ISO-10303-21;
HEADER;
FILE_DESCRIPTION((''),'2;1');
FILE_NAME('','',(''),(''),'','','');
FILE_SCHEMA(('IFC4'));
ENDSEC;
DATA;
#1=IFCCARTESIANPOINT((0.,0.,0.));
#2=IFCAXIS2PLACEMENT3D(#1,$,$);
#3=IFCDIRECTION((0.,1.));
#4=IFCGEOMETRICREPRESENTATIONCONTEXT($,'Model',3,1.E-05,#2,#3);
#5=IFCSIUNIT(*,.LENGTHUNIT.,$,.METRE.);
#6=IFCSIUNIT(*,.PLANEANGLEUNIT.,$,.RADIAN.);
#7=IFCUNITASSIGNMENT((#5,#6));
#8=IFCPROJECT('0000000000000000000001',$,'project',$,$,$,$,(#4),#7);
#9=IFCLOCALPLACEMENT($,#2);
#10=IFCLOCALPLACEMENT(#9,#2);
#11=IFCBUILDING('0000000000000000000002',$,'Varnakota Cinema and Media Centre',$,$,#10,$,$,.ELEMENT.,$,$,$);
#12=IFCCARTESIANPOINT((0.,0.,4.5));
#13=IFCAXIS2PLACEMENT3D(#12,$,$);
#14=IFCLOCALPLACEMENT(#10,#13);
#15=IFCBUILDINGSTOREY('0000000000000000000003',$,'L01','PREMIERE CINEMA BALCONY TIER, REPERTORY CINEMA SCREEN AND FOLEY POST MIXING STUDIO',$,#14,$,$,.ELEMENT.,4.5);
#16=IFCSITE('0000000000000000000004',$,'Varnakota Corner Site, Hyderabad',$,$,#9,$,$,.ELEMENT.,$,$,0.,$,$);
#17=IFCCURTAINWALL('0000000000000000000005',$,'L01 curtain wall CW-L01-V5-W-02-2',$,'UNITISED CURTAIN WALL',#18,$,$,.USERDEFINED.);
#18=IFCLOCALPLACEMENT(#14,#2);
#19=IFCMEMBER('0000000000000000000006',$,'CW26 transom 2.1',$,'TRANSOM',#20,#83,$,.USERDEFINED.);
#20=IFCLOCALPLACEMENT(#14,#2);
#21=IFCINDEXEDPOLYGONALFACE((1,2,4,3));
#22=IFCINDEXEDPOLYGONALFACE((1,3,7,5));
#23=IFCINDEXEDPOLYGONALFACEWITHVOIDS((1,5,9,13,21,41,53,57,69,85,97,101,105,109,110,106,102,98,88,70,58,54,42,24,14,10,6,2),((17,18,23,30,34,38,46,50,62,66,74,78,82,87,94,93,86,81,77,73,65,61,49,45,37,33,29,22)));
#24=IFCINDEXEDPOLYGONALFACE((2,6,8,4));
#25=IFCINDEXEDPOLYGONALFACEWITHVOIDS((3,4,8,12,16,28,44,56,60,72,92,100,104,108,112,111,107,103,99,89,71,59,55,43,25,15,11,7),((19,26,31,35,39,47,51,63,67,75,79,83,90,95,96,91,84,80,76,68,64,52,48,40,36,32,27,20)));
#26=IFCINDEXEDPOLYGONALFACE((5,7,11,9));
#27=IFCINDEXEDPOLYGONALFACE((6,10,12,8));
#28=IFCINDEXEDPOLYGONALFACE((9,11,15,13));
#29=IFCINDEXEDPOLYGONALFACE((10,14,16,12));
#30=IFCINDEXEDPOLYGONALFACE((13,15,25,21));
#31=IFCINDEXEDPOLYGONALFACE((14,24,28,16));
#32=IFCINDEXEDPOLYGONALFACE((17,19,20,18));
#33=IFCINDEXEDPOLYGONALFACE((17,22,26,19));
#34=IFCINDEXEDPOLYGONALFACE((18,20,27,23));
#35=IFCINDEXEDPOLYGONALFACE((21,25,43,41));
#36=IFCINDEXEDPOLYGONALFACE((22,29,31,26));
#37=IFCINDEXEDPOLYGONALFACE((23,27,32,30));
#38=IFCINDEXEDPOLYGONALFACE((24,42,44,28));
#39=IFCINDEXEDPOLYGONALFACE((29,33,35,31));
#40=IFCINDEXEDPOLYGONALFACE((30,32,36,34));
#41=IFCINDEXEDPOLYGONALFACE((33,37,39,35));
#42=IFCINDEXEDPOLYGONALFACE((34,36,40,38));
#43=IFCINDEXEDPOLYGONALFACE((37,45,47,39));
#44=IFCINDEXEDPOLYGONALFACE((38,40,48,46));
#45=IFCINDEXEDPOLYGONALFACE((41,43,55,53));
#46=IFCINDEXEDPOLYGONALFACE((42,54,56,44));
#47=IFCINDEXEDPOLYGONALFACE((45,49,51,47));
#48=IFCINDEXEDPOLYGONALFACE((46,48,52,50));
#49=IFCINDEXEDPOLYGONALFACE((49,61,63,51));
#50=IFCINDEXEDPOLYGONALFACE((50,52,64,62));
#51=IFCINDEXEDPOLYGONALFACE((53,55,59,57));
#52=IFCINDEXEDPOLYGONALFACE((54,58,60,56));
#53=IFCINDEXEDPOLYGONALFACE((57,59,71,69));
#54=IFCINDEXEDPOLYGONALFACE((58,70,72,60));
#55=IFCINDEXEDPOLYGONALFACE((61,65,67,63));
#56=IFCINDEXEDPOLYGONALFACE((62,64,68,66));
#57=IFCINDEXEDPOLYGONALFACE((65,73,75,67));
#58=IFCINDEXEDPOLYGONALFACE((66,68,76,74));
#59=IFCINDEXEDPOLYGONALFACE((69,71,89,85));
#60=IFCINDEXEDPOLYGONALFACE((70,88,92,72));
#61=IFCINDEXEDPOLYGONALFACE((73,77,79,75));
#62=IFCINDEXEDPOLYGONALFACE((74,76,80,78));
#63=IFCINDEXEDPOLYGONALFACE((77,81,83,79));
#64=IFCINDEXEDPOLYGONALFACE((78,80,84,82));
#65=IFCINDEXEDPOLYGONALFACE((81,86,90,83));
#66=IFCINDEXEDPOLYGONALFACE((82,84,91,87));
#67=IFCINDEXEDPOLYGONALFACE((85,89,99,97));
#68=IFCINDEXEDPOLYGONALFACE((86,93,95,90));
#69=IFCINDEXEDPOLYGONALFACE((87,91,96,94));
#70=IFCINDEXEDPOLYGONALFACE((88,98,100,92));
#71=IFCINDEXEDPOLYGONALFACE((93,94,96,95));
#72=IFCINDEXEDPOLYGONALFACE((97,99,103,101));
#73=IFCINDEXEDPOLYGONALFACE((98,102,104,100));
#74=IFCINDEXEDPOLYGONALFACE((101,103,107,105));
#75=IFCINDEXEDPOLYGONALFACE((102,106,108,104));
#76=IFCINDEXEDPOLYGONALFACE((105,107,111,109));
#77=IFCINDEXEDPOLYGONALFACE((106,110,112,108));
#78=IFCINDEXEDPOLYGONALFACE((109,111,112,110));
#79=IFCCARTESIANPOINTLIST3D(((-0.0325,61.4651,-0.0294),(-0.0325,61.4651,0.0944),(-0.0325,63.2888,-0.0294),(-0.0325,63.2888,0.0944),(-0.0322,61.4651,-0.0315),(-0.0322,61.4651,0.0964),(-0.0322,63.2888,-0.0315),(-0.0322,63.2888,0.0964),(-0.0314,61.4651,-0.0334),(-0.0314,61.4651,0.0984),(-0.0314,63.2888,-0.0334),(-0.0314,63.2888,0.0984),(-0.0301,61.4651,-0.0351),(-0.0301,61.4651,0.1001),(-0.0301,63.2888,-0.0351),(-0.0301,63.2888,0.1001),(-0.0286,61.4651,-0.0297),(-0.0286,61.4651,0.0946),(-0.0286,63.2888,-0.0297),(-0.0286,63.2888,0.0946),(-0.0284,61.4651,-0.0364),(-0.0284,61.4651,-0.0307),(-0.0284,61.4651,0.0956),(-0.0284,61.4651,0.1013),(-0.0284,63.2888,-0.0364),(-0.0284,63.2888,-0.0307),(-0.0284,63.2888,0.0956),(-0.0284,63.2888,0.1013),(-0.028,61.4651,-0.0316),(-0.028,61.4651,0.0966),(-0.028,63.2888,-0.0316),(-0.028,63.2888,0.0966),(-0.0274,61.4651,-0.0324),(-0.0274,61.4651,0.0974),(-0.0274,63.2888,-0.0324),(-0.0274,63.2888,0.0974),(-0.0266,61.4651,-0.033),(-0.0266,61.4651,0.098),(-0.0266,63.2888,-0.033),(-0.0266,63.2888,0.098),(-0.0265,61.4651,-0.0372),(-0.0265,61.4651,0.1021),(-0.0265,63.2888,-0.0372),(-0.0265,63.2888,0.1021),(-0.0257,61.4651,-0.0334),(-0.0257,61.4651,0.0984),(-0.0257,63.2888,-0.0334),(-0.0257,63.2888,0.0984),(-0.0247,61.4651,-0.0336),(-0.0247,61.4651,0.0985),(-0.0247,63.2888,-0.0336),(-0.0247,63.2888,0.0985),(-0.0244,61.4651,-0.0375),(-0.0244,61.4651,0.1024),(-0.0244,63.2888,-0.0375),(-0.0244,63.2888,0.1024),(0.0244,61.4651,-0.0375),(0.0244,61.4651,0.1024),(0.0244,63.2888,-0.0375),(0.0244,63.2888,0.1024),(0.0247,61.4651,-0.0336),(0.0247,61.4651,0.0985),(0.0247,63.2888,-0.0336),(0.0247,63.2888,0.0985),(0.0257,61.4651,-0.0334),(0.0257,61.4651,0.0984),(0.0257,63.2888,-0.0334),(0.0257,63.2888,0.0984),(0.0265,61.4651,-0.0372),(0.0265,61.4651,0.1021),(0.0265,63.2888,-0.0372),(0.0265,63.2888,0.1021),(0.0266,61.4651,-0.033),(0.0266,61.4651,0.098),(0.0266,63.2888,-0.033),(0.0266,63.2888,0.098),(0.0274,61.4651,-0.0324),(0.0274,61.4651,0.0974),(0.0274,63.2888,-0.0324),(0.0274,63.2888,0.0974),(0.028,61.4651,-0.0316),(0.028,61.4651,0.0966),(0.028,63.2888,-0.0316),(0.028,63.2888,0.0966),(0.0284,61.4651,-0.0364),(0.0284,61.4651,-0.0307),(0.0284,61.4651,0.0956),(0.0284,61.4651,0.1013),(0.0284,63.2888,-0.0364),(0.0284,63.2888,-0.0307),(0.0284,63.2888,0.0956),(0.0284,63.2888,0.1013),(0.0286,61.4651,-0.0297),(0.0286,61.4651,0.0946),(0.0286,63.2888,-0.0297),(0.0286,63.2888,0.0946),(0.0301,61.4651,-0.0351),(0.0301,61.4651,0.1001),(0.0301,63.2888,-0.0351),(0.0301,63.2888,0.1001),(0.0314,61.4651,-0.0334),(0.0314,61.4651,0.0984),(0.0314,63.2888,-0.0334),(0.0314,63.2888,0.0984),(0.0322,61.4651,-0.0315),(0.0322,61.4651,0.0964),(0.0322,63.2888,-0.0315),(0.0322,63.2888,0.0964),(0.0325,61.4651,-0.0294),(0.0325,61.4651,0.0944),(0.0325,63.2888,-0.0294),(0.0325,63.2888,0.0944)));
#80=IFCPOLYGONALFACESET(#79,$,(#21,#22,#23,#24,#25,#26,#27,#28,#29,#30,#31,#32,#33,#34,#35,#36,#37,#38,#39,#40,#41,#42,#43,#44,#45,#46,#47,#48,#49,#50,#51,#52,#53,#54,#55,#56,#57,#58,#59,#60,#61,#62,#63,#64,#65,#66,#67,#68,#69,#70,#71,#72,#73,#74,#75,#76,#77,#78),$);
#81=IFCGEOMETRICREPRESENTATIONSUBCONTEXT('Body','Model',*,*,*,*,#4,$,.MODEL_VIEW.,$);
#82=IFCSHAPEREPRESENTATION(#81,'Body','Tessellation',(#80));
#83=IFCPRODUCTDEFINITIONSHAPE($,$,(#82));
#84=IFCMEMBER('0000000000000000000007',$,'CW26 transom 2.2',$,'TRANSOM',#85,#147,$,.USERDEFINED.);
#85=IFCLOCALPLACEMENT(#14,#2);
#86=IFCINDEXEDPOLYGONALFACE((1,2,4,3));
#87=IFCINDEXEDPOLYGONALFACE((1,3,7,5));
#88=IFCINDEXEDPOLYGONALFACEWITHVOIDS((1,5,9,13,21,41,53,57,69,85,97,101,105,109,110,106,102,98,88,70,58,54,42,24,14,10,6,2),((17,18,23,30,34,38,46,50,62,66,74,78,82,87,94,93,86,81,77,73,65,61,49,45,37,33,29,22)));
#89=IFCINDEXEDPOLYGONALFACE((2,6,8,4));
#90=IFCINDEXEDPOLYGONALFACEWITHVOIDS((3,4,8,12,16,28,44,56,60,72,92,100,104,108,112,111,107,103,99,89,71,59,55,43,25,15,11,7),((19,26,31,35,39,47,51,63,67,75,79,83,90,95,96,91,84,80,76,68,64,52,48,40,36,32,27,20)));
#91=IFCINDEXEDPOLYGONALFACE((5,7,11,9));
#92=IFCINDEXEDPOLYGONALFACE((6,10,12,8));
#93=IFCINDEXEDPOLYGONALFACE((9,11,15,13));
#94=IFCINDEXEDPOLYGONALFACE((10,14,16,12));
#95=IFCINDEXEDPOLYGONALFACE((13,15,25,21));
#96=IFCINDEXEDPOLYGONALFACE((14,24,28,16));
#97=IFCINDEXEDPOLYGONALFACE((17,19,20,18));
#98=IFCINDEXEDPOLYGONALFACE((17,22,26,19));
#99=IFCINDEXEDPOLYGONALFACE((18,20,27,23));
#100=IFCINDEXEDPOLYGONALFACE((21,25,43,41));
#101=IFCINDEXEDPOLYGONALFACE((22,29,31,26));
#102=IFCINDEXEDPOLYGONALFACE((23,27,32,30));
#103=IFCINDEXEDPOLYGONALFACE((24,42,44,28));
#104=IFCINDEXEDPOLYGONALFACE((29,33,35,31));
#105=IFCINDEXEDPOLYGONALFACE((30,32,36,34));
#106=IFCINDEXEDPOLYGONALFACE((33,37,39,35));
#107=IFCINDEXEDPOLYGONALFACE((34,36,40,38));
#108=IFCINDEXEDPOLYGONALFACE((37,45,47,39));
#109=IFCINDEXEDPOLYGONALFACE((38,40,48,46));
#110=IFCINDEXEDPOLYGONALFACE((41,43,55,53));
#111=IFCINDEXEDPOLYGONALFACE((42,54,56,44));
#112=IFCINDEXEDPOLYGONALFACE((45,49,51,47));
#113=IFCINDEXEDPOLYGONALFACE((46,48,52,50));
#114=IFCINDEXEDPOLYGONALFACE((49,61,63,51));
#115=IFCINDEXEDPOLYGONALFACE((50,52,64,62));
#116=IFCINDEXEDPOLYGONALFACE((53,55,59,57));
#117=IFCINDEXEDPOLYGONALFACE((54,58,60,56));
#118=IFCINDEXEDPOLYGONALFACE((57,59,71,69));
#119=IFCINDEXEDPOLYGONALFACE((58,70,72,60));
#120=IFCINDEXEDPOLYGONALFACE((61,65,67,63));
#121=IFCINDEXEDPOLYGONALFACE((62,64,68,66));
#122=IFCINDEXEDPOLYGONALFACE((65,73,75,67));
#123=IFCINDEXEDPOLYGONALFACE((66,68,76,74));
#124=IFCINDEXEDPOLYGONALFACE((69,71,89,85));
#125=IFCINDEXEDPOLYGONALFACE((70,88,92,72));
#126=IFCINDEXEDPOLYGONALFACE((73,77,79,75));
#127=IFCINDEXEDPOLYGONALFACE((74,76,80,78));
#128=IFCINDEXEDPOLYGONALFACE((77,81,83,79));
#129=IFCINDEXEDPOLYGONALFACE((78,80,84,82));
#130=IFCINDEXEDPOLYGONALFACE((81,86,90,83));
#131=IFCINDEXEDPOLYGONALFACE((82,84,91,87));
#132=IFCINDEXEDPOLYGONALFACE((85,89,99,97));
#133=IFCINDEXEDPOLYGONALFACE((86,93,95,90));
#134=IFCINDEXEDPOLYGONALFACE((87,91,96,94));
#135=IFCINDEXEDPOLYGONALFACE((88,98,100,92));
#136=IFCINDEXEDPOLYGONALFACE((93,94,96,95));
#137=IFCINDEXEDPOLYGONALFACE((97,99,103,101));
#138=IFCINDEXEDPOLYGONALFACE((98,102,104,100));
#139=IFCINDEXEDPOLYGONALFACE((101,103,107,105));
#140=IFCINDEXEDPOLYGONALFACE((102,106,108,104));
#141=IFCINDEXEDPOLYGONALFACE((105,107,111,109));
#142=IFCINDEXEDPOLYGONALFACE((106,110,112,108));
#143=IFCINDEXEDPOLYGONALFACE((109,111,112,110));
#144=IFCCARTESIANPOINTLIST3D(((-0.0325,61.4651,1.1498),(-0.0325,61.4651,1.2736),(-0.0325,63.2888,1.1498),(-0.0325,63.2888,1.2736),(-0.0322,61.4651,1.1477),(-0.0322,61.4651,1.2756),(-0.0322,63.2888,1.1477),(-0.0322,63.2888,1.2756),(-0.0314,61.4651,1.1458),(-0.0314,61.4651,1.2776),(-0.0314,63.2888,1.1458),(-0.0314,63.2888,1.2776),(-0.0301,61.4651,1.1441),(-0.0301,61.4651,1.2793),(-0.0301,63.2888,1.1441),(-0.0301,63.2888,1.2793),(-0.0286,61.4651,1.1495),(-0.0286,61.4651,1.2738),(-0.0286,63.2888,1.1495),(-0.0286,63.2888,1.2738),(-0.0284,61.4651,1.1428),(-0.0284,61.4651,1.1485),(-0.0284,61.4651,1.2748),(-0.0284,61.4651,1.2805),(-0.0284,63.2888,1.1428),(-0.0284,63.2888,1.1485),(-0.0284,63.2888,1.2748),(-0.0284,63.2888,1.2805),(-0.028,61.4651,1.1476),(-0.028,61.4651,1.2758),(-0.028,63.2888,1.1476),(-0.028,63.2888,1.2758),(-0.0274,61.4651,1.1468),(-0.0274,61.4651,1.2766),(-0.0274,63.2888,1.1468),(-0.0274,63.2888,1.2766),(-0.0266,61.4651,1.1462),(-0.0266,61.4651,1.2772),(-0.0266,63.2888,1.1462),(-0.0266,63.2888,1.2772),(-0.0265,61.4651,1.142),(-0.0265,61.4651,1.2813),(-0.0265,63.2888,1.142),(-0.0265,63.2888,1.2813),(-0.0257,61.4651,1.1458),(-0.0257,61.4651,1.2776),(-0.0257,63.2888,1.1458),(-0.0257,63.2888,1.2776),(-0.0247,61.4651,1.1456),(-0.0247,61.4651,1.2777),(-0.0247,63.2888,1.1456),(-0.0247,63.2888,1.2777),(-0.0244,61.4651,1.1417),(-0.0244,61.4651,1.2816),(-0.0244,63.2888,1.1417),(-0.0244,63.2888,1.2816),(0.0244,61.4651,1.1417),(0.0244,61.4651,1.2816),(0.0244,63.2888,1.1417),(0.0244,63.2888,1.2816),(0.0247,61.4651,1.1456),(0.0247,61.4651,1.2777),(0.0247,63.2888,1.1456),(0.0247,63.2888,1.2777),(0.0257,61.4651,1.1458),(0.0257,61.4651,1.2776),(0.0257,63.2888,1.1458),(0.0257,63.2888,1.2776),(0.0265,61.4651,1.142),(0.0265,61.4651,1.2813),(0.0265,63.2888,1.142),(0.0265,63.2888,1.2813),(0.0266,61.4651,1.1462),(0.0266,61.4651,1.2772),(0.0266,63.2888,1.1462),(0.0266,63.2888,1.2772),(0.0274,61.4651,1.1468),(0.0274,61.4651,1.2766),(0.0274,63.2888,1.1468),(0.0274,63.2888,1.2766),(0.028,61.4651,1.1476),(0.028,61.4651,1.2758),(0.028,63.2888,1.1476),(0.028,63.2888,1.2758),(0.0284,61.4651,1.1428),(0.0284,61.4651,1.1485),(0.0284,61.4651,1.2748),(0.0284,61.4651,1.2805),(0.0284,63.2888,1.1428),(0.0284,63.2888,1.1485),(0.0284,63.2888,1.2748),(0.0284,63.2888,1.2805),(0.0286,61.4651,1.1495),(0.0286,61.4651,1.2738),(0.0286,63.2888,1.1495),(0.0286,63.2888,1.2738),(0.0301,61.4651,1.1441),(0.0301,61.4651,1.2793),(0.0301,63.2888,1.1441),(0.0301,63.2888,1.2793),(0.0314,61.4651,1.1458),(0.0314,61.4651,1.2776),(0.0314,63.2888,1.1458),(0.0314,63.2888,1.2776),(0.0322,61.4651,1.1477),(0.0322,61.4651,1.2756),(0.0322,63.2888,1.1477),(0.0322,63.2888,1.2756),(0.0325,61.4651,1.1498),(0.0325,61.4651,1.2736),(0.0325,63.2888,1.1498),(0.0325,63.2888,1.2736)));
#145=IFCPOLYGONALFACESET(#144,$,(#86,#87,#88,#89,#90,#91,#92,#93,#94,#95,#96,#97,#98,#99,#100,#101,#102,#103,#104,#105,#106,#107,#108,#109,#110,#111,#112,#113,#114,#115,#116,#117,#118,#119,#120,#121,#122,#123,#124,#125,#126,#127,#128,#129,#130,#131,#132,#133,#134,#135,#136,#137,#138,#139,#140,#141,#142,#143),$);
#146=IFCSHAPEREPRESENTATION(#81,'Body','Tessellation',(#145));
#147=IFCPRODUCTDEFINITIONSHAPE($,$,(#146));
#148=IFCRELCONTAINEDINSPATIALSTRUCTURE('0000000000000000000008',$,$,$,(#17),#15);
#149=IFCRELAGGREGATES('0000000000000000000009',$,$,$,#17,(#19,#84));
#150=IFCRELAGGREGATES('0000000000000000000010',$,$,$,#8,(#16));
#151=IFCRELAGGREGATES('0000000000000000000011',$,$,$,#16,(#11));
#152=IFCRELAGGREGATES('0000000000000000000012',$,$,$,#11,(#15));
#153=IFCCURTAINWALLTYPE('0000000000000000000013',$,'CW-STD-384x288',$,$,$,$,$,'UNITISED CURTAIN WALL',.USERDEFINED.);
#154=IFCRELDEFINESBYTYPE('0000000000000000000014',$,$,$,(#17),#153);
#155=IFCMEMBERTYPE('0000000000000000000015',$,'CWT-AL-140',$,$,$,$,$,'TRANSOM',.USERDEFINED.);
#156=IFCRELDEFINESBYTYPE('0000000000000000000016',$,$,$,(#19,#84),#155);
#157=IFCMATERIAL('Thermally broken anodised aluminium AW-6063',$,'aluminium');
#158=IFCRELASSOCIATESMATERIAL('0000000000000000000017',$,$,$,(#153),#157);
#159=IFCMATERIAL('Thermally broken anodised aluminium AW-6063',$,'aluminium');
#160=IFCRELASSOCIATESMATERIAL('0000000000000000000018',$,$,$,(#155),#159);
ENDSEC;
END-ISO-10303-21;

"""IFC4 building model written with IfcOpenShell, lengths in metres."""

from ifc_helpers import new_model, si_unit, direction, frame, origin, origin_2d, place, context, subcontext, project, spatial, hollow_rectangle, extrude, material, material_profile, profile_set, type_object, element, aggregate, save


model = new_model("IFC4")

# Units and contexts
model_context = context("Model", 3, precision=1e-05, world=origin(), true_north=direction((0.0, 1.0)))
body_context = subcontext(model_context, "Body", "Model", "MODEL_VIEW")
ifc_project = project(units=[si_unit("LENGTHUNIT", "METRE"), si_unit("PLANEANGLEUNIT", "RADIAN")], contexts=[model_context])

# Site, building, storey
site_placement = place(None, origin())
site = spatial("IfcSite", under=ifc_project, at=site_placement, Name="Varnakota Corner Site, Hyderabad", CompositionType="ELEMENT", RefElevation=0.0)
building_placement = place(site_placement, origin())
building = spatial("IfcBuilding", under=site, at=building_placement, Name="Varnakota Cinema and Media Centre", CompositionType="ELEMENT")
storey_placement = place(building_placement, frame((0.0, 0.0, 4.5)))
storey = spatial("IfcBuildingStorey", under=building, at=storey_placement, Name="L01", Description="PREMIERE CINEMA BALCONY TIER, REPERTORY CINEMA SCREEN AND FOLEY POST MIXING STUDIO", CompositionType="ELEMENT", Elevation=4.5)

# Curtain wall
ifc_material_1 = material(Name="Thermally broken anodised aluminium AW-6063", Category="aluminium")
curtain_wall_type = type_object("IfcCurtainWallType", Name="CW-STD-384x288", ElementType="UNITISED CURTAIN WALL", PredefinedType="USERDEFINED", material=ifc_material_1)
curtain_wall_1_placement = place(storey_placement, origin())
curtain_wall_1 = element("IfcCurtainWall", 1, at=curtain_wall_1_placement, inside=storey, type_object=curtain_wall_type, Name="L01 curtain wall CW-L01-V5-W-02-2", ObjectType="UNITISED CURTAIN WALL", PredefinedType="USERDEFINED")

# Members
ifc_material_2 = material(Name="Thermally broken anodised aluminium AW-6063", Category="aluminium")
ifc_material_profile_1 = material_profile(ifc_material_2, hollow_rectangle(XDim=0.0649, YDim=0.1399, WallThickness=0.0039, InnerFilletRadius=0.0039, OuterFilletRadius=0.0081, at=origin_2d()), Name="AL-TRANSOM 140x65x4")
ifc_profile_set_1 = profile_set([ifc_material_profile_1], Name="Thermally broken anodised aluminium AW-6063")
member_type_1 = type_object("IfcMemberType", Name="CWT-AL-140", ElementType="TRANSOM", PredefinedType="USERDEFINED", material=ifc_profile_set_1)
member_1_placement = place(storey_placement, frame((0.0, 63.2888, 0.0325), z_axis=(0.0, -1.0, 0.0), x_axis=(1.0, 0.0, 0.0)))
member_1 = element("IfcMember", 2, at=member_1_placement, type_object=member_type_1, Name="CW26 transom 2.1", ObjectType="TRANSOM", PredefinedType="USERDEFINED", context=body_context, shape_type="SweptSolid", body=[
    extrude(hollow_rectangle(XDim=0.0649, YDim=0.1399, WallThickness=0.0039, InnerFilletRadius=0.0039, OuterFilletRadius=0.0081, at=origin_2d()), origin(), (0.0, 0.0, 1.0), 1.8237),
])
member_2_placement = place(storey_placement, frame((0.0, 63.2888, 1.2117), z_axis=(0.0, -1.0, 0.0), x_axis=(1.0, 0.0, 0.0)))
member_2 = element("IfcMember", 3, at=member_2_placement, type_object=member_type_1, Name="CW26 transom 2.2", ObjectType="TRANSOM", PredefinedType="USERDEFINED", context=body_context, shape_type="SweptSolid", body=[
    extrude(hollow_rectangle(XDim=0.0649, YDim=0.1399, WallThickness=0.0039, InnerFilletRadius=0.0039, OuterFilletRadius=0.0081, at=origin_2d()), origin(), (0.0, 0.0, 1.0), 1.8237),
])

aggregate(curtain_wall_1, [member_1, member_2])

save(model, "model.ifc")
